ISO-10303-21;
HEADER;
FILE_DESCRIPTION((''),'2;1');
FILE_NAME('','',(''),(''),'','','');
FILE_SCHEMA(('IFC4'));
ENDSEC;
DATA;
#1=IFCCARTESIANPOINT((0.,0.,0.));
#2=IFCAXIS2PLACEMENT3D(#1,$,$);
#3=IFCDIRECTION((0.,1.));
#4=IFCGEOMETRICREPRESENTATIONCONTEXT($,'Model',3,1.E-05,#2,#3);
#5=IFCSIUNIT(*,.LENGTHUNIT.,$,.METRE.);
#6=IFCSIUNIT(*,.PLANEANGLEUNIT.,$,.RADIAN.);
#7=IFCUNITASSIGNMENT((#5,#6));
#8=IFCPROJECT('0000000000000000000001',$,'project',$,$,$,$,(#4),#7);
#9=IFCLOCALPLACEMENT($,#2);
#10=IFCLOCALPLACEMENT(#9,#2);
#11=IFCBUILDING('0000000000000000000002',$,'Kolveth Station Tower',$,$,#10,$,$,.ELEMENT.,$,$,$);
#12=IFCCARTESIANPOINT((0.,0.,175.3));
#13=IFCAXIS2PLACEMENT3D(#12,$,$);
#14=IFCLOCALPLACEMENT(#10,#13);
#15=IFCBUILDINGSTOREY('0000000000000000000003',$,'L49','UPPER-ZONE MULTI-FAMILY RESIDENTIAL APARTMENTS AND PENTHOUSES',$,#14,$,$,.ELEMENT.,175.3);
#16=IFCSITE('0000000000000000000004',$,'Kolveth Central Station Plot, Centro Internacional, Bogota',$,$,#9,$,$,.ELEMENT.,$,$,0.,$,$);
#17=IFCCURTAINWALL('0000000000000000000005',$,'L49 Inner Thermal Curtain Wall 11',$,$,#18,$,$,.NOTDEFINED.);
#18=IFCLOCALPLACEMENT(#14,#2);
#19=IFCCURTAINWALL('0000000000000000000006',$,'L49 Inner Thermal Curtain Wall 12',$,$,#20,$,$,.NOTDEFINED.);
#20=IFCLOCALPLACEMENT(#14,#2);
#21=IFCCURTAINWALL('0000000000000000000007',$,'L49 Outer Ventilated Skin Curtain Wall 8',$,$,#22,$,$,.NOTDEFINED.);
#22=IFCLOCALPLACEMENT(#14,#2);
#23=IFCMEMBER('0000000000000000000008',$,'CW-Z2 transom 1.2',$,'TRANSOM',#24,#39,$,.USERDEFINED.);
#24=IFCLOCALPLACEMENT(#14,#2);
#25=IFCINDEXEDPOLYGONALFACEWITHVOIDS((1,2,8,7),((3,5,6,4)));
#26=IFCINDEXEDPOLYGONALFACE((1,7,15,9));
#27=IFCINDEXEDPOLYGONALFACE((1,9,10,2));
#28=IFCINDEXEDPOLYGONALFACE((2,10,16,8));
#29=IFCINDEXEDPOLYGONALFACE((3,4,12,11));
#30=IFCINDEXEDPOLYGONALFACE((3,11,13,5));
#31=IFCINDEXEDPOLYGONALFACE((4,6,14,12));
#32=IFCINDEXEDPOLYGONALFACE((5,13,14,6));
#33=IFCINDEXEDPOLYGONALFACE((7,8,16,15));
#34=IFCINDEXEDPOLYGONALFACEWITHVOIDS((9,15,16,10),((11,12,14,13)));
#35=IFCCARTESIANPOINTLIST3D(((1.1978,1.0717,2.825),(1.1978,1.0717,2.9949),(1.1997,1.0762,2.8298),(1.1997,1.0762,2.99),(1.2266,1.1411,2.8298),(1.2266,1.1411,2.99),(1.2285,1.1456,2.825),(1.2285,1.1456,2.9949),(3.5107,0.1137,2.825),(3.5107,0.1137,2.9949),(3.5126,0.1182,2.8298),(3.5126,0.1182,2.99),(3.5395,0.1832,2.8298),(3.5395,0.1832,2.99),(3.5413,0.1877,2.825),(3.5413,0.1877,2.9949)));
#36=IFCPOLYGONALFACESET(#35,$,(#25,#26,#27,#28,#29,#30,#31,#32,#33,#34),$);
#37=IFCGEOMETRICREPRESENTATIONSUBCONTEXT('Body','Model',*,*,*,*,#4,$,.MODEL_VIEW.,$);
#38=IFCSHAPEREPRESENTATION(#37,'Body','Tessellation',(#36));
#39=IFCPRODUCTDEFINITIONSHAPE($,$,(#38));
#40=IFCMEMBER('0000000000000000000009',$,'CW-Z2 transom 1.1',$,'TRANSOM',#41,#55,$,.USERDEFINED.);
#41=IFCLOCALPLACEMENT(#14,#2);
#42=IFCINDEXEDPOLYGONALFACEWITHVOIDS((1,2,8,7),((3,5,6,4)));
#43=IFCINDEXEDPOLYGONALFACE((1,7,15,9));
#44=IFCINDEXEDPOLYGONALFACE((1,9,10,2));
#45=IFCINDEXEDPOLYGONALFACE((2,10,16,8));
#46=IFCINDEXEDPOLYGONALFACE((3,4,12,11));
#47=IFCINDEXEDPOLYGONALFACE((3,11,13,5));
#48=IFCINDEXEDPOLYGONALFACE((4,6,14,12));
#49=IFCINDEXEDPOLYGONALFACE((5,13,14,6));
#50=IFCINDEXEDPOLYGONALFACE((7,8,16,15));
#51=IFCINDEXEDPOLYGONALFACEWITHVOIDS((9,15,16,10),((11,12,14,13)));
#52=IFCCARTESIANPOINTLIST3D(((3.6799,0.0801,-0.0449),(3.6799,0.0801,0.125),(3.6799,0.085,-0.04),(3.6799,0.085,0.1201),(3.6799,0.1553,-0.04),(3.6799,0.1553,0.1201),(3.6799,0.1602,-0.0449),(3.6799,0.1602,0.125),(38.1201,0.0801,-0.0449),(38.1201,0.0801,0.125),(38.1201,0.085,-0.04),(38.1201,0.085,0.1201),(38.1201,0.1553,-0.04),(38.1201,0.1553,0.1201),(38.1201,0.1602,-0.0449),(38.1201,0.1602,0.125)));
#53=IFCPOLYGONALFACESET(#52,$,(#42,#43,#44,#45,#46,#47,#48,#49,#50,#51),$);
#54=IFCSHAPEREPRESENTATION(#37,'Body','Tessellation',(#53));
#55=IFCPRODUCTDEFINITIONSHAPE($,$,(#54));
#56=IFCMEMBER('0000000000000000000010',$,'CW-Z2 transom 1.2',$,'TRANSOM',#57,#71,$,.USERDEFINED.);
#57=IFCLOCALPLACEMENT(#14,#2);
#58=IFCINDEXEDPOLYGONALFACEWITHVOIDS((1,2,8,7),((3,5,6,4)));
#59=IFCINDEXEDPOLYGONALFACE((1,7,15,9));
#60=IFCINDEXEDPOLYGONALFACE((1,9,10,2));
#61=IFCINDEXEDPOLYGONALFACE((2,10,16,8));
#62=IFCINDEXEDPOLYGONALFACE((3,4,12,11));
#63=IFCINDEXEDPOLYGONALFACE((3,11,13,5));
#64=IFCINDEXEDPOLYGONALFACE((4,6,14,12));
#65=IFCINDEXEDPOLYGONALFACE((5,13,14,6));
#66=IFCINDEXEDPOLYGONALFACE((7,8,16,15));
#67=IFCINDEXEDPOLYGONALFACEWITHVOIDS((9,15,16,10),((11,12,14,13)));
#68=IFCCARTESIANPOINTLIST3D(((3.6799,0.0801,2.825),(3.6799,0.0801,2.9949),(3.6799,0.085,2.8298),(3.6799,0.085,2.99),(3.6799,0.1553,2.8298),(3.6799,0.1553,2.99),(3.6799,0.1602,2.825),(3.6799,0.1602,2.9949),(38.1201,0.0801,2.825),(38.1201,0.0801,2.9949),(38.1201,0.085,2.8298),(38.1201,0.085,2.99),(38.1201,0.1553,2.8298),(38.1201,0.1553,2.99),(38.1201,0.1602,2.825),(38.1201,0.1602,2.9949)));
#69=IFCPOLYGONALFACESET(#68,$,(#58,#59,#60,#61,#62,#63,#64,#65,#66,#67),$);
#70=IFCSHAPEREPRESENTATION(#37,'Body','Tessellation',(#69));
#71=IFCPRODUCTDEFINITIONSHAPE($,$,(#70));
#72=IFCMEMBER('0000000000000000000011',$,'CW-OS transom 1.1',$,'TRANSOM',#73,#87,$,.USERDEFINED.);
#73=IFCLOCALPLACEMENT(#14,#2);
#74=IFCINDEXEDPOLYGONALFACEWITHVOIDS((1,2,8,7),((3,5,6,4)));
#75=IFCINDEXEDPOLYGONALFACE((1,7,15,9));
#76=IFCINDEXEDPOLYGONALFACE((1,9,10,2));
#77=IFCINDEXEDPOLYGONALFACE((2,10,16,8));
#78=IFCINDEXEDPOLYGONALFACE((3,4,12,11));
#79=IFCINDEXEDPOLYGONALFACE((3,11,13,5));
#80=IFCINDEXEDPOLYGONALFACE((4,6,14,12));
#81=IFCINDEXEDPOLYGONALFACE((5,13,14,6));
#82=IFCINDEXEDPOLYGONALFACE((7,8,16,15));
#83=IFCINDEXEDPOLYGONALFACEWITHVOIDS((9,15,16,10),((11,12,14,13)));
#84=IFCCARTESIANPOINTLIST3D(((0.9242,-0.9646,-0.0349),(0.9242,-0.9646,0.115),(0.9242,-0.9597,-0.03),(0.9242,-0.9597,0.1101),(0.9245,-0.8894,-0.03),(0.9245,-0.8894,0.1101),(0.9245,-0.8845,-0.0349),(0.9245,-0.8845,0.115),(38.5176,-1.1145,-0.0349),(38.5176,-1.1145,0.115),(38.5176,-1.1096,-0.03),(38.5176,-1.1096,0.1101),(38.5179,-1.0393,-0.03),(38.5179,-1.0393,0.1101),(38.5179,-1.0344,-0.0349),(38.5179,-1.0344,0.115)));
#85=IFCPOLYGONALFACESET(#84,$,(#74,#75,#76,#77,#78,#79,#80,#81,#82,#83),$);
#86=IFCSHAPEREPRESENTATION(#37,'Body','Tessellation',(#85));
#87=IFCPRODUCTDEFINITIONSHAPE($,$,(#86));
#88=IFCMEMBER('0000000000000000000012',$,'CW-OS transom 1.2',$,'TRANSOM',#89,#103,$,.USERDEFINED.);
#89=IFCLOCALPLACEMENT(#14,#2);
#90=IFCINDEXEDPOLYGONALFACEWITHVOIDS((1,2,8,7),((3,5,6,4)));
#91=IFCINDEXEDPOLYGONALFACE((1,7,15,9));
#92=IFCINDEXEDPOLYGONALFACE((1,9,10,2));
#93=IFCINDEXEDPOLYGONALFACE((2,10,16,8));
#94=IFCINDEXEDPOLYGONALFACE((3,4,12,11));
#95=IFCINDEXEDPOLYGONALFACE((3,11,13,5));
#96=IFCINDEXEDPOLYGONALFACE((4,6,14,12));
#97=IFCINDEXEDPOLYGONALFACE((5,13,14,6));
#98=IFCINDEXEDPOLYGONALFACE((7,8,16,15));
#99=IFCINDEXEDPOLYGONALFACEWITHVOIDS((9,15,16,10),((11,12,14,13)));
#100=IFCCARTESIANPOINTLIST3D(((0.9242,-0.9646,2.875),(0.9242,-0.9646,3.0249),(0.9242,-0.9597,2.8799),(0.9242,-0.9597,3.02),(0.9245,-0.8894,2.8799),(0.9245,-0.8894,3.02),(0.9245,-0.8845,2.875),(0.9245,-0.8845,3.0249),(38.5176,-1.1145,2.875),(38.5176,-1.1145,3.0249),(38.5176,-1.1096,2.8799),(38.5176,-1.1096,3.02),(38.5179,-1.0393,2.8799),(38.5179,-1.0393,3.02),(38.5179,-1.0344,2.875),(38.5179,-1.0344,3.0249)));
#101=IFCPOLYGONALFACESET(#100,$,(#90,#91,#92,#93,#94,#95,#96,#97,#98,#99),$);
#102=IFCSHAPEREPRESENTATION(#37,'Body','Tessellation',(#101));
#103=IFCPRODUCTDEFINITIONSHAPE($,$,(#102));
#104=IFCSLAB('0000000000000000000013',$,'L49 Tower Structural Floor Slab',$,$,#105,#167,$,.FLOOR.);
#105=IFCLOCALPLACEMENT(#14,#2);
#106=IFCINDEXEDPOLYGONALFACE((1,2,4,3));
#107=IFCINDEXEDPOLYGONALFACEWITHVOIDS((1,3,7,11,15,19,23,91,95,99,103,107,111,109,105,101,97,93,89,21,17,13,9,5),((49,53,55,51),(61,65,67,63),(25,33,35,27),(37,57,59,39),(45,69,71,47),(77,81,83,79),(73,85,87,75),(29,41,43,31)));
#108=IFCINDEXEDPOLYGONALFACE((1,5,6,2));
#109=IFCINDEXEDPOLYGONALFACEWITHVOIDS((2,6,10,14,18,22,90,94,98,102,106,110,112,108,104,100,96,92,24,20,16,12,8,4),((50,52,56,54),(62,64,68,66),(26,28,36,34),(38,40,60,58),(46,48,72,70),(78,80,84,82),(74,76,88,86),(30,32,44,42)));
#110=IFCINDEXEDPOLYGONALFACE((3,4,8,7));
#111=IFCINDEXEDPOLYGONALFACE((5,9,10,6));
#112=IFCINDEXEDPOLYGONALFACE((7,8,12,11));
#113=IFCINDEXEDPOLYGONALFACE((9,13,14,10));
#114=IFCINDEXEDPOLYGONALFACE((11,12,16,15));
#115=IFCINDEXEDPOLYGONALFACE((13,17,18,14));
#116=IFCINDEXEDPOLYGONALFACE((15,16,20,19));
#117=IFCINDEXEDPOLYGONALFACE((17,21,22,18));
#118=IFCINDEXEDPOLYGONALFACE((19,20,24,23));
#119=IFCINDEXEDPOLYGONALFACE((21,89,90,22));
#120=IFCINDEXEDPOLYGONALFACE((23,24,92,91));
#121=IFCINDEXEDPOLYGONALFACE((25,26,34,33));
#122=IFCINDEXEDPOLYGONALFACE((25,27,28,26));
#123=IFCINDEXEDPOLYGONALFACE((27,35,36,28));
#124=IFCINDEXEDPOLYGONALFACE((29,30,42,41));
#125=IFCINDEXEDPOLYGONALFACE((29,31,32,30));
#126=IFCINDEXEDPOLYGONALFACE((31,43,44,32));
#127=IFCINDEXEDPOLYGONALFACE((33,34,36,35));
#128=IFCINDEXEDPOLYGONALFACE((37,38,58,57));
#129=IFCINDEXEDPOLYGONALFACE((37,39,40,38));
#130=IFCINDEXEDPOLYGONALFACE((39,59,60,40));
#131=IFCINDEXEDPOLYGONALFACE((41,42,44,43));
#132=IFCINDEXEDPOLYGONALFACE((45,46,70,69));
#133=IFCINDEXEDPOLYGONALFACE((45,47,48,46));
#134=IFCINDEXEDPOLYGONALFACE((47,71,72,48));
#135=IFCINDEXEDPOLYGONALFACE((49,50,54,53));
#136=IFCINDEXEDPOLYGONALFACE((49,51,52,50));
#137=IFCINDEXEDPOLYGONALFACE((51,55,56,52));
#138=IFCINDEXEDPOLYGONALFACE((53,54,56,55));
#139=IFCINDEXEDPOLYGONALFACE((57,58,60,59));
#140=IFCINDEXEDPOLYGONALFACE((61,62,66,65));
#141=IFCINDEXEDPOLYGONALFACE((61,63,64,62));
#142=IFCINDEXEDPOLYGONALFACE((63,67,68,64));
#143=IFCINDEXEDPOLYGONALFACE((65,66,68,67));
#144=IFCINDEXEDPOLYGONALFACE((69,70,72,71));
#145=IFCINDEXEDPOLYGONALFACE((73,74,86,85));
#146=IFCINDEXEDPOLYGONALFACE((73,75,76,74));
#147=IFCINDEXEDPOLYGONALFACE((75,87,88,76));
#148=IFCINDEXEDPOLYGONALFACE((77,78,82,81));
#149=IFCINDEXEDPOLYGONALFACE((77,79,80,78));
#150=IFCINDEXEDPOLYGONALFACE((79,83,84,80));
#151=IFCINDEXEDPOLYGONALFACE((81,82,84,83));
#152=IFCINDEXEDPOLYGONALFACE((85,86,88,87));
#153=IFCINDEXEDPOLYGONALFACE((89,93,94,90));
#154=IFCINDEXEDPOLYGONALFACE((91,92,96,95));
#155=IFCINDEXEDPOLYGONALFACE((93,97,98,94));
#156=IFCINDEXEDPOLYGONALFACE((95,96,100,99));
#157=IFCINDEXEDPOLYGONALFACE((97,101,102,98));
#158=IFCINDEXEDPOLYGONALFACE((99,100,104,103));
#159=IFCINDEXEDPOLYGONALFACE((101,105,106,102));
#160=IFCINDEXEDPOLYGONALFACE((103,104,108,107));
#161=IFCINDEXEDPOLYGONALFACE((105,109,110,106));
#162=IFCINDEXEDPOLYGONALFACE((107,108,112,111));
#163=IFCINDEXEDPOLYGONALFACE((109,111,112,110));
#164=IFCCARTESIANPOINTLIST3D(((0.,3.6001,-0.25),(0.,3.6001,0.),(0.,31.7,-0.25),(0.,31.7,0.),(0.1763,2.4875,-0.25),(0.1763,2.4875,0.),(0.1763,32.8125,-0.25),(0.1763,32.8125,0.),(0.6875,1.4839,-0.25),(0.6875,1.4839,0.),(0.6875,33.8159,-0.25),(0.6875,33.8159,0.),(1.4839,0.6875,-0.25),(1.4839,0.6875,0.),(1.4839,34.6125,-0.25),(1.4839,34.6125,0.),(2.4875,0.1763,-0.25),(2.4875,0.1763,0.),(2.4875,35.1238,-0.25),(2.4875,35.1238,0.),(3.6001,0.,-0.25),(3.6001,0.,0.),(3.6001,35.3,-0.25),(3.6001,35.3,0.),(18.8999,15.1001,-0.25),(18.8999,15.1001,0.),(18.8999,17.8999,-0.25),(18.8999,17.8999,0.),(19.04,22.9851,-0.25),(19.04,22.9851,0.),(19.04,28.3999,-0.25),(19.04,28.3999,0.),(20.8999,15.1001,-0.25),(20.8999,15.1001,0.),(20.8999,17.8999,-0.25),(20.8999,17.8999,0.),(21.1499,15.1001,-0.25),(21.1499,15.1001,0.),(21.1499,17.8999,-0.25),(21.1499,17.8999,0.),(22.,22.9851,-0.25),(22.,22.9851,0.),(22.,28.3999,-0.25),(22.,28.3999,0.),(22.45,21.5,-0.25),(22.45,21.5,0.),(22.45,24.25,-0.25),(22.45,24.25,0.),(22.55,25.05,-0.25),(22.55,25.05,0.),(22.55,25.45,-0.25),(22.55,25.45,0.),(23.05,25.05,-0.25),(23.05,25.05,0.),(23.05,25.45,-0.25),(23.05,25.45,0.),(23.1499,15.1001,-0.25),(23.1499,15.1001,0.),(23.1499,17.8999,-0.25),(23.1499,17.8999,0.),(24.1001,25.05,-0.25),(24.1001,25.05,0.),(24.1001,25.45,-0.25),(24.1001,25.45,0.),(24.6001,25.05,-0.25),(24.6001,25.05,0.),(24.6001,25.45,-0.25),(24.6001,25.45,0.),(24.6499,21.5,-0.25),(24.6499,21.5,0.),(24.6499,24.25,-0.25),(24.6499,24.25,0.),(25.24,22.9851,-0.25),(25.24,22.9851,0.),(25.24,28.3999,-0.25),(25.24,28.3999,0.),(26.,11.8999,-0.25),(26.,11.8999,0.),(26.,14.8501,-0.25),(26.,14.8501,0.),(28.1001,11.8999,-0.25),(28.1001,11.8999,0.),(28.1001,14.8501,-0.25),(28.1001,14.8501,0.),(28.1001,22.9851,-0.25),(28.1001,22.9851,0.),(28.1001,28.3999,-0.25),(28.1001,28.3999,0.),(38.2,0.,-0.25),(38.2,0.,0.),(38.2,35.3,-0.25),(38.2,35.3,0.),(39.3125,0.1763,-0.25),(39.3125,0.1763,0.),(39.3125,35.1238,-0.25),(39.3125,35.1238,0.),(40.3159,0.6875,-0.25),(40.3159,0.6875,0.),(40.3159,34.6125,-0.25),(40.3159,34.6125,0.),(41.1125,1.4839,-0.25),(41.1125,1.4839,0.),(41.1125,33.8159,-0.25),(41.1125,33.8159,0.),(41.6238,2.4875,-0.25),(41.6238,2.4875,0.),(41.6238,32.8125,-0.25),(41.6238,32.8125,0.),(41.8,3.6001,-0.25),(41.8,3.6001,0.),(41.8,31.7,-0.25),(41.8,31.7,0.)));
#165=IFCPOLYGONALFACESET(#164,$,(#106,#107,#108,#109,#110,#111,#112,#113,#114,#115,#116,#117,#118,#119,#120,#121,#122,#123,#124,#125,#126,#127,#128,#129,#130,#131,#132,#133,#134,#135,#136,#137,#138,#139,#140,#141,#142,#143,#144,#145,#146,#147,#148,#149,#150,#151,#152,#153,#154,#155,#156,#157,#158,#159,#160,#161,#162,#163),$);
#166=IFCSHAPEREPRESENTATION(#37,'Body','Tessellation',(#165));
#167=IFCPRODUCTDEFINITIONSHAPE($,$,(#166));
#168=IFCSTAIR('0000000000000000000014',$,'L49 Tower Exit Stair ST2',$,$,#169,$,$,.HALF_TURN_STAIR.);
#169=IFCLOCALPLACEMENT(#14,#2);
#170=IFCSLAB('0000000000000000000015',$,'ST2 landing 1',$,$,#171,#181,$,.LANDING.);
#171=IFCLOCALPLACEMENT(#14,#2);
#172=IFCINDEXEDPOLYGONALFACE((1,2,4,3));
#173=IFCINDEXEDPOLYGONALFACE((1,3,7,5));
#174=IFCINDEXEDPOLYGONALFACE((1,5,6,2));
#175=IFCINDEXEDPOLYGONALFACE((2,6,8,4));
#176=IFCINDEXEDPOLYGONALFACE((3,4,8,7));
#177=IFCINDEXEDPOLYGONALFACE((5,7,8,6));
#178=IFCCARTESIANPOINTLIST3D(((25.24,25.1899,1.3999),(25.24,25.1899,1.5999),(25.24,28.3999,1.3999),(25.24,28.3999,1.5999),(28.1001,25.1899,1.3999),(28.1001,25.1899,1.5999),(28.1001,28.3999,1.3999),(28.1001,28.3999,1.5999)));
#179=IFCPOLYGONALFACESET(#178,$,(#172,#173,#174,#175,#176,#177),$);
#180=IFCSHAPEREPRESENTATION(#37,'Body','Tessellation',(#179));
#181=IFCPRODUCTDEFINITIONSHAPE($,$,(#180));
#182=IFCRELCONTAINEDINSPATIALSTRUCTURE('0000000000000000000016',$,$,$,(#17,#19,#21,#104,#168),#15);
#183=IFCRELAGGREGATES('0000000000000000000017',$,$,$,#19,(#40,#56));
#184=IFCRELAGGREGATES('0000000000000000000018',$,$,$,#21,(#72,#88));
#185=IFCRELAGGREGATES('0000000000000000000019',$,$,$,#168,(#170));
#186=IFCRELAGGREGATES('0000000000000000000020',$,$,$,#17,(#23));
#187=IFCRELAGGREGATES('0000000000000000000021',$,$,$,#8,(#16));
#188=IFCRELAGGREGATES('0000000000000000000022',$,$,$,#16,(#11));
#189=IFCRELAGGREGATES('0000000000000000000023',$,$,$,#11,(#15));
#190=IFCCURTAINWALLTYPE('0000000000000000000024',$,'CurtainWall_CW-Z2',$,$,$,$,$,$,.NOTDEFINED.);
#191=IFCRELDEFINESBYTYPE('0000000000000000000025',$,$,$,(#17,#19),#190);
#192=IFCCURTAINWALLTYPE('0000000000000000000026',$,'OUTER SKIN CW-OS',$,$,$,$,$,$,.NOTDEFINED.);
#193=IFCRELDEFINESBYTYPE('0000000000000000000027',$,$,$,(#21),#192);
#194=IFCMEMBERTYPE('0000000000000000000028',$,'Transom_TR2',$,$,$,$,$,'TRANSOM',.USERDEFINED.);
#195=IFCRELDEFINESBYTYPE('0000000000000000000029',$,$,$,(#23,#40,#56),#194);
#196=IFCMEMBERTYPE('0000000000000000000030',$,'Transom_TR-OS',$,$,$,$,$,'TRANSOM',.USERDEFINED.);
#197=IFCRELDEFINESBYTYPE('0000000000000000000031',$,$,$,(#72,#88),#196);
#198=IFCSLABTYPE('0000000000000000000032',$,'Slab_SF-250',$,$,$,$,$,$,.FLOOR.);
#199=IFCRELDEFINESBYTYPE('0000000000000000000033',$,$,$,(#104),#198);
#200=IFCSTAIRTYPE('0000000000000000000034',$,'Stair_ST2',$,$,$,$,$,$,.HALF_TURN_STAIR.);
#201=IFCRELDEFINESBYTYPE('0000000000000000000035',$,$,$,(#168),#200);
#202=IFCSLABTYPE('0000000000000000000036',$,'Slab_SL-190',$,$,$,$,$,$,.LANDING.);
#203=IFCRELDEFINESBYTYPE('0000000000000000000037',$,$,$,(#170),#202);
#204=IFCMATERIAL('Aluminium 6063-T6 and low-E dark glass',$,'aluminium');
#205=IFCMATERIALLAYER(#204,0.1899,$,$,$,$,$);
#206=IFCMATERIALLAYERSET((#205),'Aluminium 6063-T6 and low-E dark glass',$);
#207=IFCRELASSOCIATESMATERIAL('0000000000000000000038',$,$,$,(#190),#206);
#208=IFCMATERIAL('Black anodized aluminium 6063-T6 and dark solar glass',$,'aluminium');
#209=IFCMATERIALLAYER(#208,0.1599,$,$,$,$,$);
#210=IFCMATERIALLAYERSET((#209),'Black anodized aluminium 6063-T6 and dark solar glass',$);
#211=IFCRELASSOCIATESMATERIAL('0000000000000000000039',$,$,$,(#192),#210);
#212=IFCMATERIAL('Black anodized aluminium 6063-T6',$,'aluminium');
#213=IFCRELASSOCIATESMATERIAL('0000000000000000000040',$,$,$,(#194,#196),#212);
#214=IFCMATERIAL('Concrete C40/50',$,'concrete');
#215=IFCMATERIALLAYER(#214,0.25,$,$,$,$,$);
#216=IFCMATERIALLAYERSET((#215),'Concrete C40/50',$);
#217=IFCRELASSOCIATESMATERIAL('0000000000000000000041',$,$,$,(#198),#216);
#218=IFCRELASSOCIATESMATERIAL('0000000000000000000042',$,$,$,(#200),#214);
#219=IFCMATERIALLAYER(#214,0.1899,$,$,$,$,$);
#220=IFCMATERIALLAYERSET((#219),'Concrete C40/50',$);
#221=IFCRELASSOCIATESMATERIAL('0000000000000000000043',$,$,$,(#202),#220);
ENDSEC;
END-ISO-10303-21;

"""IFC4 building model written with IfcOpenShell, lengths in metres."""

from ifc_helpers import new_model, si_unit, direction, frame, origin, origin_2d, place, context, subcontext, project, spatial, polyline, hollow_rectangle, outline, extrude, source, transform, mapped, material, layer, layer_set, material_profile, profile_set, type_object, element, aggregate, save


model = new_model("IFC4")

# Units and contexts
model_context = context("Model", 3, precision=1e-05, world=origin(), true_north=direction((0.0, 1.0)))
body_context = subcontext(model_context, "Body", "Model", "MODEL_VIEW")
ifc_project = project(units=[si_unit("LENGTHUNIT", "METRE"), si_unit("PLANEANGLEUNIT", "RADIAN")], contexts=[model_context])

# Site, building, storey
site_placement = place(None, origin())
site = spatial("IfcSite", under=ifc_project, at=site_placement, Name="Kolveth Central Station Plot, Centro Internacional, Bogota", CompositionType="ELEMENT", RefElevation=0.0)
building_placement = place(site_placement, origin())
building = spatial("IfcBuilding", under=site, at=building_placement, Name="Kolveth Station Tower", CompositionType="ELEMENT")
storey_placement = place(building_placement, frame((0.0, 0.0, 175.3)))
storey = spatial("IfcBuildingStorey", under=building, at=storey_placement, Name="L49", Description="UPPER-ZONE MULTI-FAMILY RESIDENTIAL APARTMENTS AND PENTHOUSES", CompositionType="ELEMENT", Elevation=175.3)

# Shared definitions
ifc_material_1 = material(Name="Aluminium 6063-T6 and low-E dark glass", Category="aluminium")
ifc_layer_1 = layer(ifc_material_1, 0.1899)
ifc_layer_set_1 = layer_set([ifc_layer_1], Name="Aluminium 6063-T6 and low-E dark glass")
curtain_wall_type_1 = type_object("IfcCurtainWallType", Name="CurtainWall_CW-Z2", PredefinedType="NOTDEFINED", material=ifc_layer_set_1)
ifc_material_2 = material(Name="Black anodized aluminium 6063-T6", Category="aluminium")

# Curtain wall
curtain_wall_1_placement = place(storey_placement, origin())
curtain_wall_1 = element("IfcCurtainWall", 1, at=curtain_wall_1_placement, inside=storey, type_object=curtain_wall_type_1, Name="L49 Inner Thermal Curtain Wall 11", PredefinedType="NOTDEFINED")

# Curtain walls
curtain_wall_2_placement = place(storey_placement, origin())
curtain_wall_2 = element("IfcCurtainWall", 2, at=curtain_wall_2_placement, inside=storey, type_object=curtain_wall_type_1, Name="L49 Inner Thermal Curtain Wall 12", PredefinedType="NOTDEFINED")
ifc_material_3 = material(Name="Black anodized aluminium 6063-T6 and dark solar glass", Category="aluminium")
ifc_layer_2 = layer(ifc_material_3, 0.1599)
ifc_layer_set_2 = layer_set([ifc_layer_2], Name="Black anodized aluminium 6063-T6 and dark solar glass")
curtain_wall_type_2 = type_object("IfcCurtainWallType", Name="OUTER SKIN CW-OS", PredefinedType="NOTDEFINED", material=ifc_layer_set_2)
curtain_wall_3_placement = place(storey_placement, origin())
curtain_wall_3 = element("IfcCurtainWall", 3, at=curtain_wall_3_placement, inside=storey, type_object=curtain_wall_type_2, Name="L49 Outer Ventilated Skin Curtain Wall 8", PredefinedType="NOTDEFINED")

# Members
ifc_material_profile_1 = material_profile(ifc_material_2, hollow_rectangle(XDim=0.0801, YDim=0.1699, WallThickness=0.0049, at=origin_2d()), Name="ALU-80x170x5")
ifc_profile_set_1 = profile_set([ifc_material_profile_1], Name="Black anodized aluminium 6063-T6")
member_type_1 = type_object("IfcMemberType", Name="Transom_TR2", ElementType="TRANSOM", PredefinedType="USERDEFINED", material=ifc_profile_set_1)
shared_shape_1 = source(origin(), body_context, "Body", "SweptSolid", [
    extrude(hollow_rectangle(XDim=0.0801, YDim=0.1699, WallThickness=0.0049, at=origin_2d()), origin(), (0.0, 0.0, 1.0), 2.5034),
])
member_1_placement = place(storey_placement, frame((1.2131, 1.1086, 2.9099), z_axis=(0.923888, -0.382662, 0.0), x_axis=(0.382662, 0.923888, 0.0)))
member_1 = element("IfcMember", 4, at=member_1_placement, type_object=member_type_1, Name="CW-Z2 transom 1.2", ObjectType="TRANSOM", PredefinedType="USERDEFINED", context=body_context, shape_type="MappedRepresentation", body=[
    mapped(shared_shape_1, transform((0.0, 0.0, 0.0), x_axis=(1.0, 0.0, 0.0), y_axis=(0.0, 1.0, 0.0), z_axis=(0.0, 0.0, 1.0), scale=1.0)),
])
shared_shape_2 = source(origin(), body_context, "Body", "SweptSolid", [
    extrude(hollow_rectangle(XDim=0.0801, YDim=0.1699, WallThickness=0.0049, at=origin_2d()), origin(), (0.0, 0.0, 1.0), 34.4402),
])
member_2_placement = place(storey_placement, frame((3.6799, 0.1201, 0.04), z_axis=(1.0, 0.0, 0.0), x_axis=(0.0, 1.0, 0.0)))
member_2 = element("IfcMember", 5, at=member_2_placement, type_object=member_type_1, Name="CW-Z2 transom 1.1", ObjectType="TRANSOM", PredefinedType="USERDEFINED", context=body_context, shape_type="MappedRepresentation", body=[
    mapped(shared_shape_2, transform((0.0, 0.0, 0.0), x_axis=(1.0, 0.0, 0.0), y_axis=(0.0, 1.0, 0.0), z_axis=(0.0, 0.0, 1.0), scale=1.0)),
])
member_3_placement = place(storey_placement, frame((3.6799, 0.1201, 2.9099), z_axis=(1.0, 0.0, 0.0), x_axis=(0.0, 1.0, 0.0)))
member_3 = element("IfcMember", 6, at=member_3_placement, type_object=member_type_1, Name="CW-Z2 transom 1.2", ObjectType="TRANSOM", PredefinedType="USERDEFINED", context=body_context, shape_type="MappedRepresentation", body=[
    mapped(shared_shape_2, transform((0.0, 0.0, 0.0), x_axis=(1.0, 0.0, 0.0), y_axis=(0.0, 1.0, 0.0), z_axis=(0.0, 0.0, 1.0), scale=1.0)),
])
aggregate(curtain_wall_2, [member_2, member_3])
ifc_material_profile_2 = material_profile(ifc_material_2, hollow_rectangle(XDim=0.0801, YDim=0.1499, WallThickness=0.0049, at=origin_2d()), Name="ALU-80x150x5")
ifc_profile_set_2 = profile_set([ifc_material_profile_2], Name="Black anodized aluminium 6063-T6")
member_type_2 = type_object("IfcMemberType", Name="Transom_TR-OS", ElementType="TRANSOM", PredefinedType="USERDEFINED", material=ifc_profile_set_2)
shared_shape_3 = source(origin(), body_context, "Body", "SweptSolid", [
    extrude(hollow_rectangle(XDim=0.0801, YDim=0.1499, WallThickness=0.0049, at=origin_2d()), origin(), (0.0, 0.0, 1.0), 37.5938),
])
member_4_placement = place(storey_placement, frame((0.9243, -0.9246, 0.04), z_axis=(0.999992, -0.003987, 0.0), x_axis=(0.003987, 0.999992, 0.0)))
member_4 = element("IfcMember", 7, at=member_4_placement, type_object=member_type_2, Name="CW-OS transom 1.1", ObjectType="TRANSOM", PredefinedType="USERDEFINED", context=body_context, shape_type="MappedRepresentation", body=[
    mapped(shared_shape_3, transform((0.0, 0.0, 0.0), x_axis=(1.0, 0.0, 0.0), y_axis=(0.0, 1.0, 0.0), z_axis=(0.0, 0.0, 1.0), scale=1.0)),
])
member_5_placement = place(storey_placement, frame((0.9243, -0.9246, 2.95), z_axis=(0.999992, -0.003987, 0.0), x_axis=(0.003987, 0.999992, 0.0)))
member_5 = element("IfcMember", 8, at=member_5_placement, type_object=member_type_2, Name="CW-OS transom 1.2", ObjectType="TRANSOM", PredefinedType="USERDEFINED", context=body_context, shape_type="MappedRepresentation", body=[
    mapped(shared_shape_3, transform((0.0, 0.0, 0.0), x_axis=(1.0, 0.0, 0.0), y_axis=(0.0, 1.0, 0.0), z_axis=(0.0, 0.0, 1.0), scale=1.0)),
])
aggregate(curtain_wall_3, [member_4, member_5])

# Slab
ifc_material_4 = material(Name="Concrete C40/50", Category="concrete")
ifc_layer_3 = layer(ifc_material_4, 0.25)
ifc_layer_set_3 = layer_set([ifc_layer_3], Name="Concrete C40/50")
slab_type_1 = type_object("IfcSlabType", Name="Slab_SF-250", PredefinedType="FLOOR", material=ifc_layer_set_3)
slab_1_placement = place(storey_placement, frame((0.0, 0.0, -0.25)))
element("IfcSlab", 9, at=slab_1_placement, inside=storey, type_object=slab_type_1, Name="L49 Tower Structural Floor Slab", PredefinedType="FLOOR", context=body_context, shape_type="SweptSolid", body=[
    extrude(outline(polyline([(38.2, 0.0), (39.3125, 0.1763), (40.3159, 0.6875), (41.1125, 1.4839), (41.6238, 2.4875), (41.8, 3.6001), (41.8, 31.7), (41.6238, 32.8125), (41.1125, 33.8159), (40.3159, 34.6125), (39.3125, 35.1238), (38.2, 35.3), (3.6001, 35.3), (2.4875, 35.1238), (1.4839, 34.6125), (0.6875, 33.8159), (0.1763, 32.8125), (0.0, 31.7), (0.0, 3.6001), (0.1763, 2.4875), (0.6875, 1.4839), (1.4839, 0.6875), (2.4875, 0.1763), (3.6001, 0.0), (38.2, 0.0)]), holes=[polyline([(19.04, 22.9851), (22.0, 22.9851), (22.0, 28.3999), (19.04, 28.3999), (19.04, 22.9851)]), polyline([(25.24, 22.9851), (28.1001, 22.9851), (28.1001, 28.3999), (25.24, 28.3999), (25.24, 22.9851)]), polyline([(18.8999, 15.1001), (20.8999, 15.1001), (20.8999, 17.8999), (18.8999, 17.8999), (18.8999, 15.1001)]), polyline([(21.1499, 15.1001), (23.1499, 15.1001), (23.1499, 17.8999), (21.1499, 17.8999), (21.1499, 15.1001)]), polyline([(22.45, 21.5), (24.6499, 21.5), (24.6499, 24.25), (22.45, 24.25), (22.45, 21.5)]), polyline([(26.0, 11.8999), (28.1001, 11.8999), (28.1001, 14.8501), (26.0, 14.8501), (26.0, 11.8999)]), polyline([(22.55, 25.05), (23.05, 25.05), (23.05, 25.45), (22.55, 25.45), (22.55, 25.05)]), polyline([(24.1001, 25.05), (24.6001, 25.05), (24.6001, 25.45), (24.1001, 25.45), (24.1001, 25.05)])]), origin(), (0.0, 0.0, 1.0), 0.25),
])

# Stair, slab
stair_type_1 = type_object("IfcStairType", Name="Stair_ST2", PredefinedType="HALF_TURN_STAIR", material=ifc_material_4)
stair_1_placement = place(storey_placement, origin())
stair_1 = element("IfcStair", 10, at=stair_1_placement, inside=storey, type_object=stair_type_1, Name="L49 Tower Exit Stair ST2", PredefinedType="HALF_TURN_STAIR")
ifc_layer_4 = layer(ifc_material_4, 0.1899)
ifc_layer_set_4 = layer_set([ifc_layer_4], Name="Concrete C40/50")
slab_type_2 = type_object("IfcSlabType", Name="Slab_SL-190", PredefinedType="LANDING", material=ifc_layer_set_4)
slab_2_placement = place(storey_placement, frame((0.0, 0.0, 1.3999)))
slab_2 = element("IfcSlab", 11, at=slab_2_placement, type_object=slab_type_2, Name="ST2 landing 1", PredefinedType="LANDING", context=body_context, shape_type="SweptSolid", body=[
    extrude(outline(polyline([(28.1001, 25.1899), (28.1001, 28.3999), (25.24, 28.3999), (25.24, 25.1899), (28.1001, 25.1899)])), origin(), (0.0, 0.0, 1.0), 0.2),
])
aggregate(stair_1, [slab_2])

aggregate(curtain_wall_1, [member_1])

save(model, "model.ifc")
